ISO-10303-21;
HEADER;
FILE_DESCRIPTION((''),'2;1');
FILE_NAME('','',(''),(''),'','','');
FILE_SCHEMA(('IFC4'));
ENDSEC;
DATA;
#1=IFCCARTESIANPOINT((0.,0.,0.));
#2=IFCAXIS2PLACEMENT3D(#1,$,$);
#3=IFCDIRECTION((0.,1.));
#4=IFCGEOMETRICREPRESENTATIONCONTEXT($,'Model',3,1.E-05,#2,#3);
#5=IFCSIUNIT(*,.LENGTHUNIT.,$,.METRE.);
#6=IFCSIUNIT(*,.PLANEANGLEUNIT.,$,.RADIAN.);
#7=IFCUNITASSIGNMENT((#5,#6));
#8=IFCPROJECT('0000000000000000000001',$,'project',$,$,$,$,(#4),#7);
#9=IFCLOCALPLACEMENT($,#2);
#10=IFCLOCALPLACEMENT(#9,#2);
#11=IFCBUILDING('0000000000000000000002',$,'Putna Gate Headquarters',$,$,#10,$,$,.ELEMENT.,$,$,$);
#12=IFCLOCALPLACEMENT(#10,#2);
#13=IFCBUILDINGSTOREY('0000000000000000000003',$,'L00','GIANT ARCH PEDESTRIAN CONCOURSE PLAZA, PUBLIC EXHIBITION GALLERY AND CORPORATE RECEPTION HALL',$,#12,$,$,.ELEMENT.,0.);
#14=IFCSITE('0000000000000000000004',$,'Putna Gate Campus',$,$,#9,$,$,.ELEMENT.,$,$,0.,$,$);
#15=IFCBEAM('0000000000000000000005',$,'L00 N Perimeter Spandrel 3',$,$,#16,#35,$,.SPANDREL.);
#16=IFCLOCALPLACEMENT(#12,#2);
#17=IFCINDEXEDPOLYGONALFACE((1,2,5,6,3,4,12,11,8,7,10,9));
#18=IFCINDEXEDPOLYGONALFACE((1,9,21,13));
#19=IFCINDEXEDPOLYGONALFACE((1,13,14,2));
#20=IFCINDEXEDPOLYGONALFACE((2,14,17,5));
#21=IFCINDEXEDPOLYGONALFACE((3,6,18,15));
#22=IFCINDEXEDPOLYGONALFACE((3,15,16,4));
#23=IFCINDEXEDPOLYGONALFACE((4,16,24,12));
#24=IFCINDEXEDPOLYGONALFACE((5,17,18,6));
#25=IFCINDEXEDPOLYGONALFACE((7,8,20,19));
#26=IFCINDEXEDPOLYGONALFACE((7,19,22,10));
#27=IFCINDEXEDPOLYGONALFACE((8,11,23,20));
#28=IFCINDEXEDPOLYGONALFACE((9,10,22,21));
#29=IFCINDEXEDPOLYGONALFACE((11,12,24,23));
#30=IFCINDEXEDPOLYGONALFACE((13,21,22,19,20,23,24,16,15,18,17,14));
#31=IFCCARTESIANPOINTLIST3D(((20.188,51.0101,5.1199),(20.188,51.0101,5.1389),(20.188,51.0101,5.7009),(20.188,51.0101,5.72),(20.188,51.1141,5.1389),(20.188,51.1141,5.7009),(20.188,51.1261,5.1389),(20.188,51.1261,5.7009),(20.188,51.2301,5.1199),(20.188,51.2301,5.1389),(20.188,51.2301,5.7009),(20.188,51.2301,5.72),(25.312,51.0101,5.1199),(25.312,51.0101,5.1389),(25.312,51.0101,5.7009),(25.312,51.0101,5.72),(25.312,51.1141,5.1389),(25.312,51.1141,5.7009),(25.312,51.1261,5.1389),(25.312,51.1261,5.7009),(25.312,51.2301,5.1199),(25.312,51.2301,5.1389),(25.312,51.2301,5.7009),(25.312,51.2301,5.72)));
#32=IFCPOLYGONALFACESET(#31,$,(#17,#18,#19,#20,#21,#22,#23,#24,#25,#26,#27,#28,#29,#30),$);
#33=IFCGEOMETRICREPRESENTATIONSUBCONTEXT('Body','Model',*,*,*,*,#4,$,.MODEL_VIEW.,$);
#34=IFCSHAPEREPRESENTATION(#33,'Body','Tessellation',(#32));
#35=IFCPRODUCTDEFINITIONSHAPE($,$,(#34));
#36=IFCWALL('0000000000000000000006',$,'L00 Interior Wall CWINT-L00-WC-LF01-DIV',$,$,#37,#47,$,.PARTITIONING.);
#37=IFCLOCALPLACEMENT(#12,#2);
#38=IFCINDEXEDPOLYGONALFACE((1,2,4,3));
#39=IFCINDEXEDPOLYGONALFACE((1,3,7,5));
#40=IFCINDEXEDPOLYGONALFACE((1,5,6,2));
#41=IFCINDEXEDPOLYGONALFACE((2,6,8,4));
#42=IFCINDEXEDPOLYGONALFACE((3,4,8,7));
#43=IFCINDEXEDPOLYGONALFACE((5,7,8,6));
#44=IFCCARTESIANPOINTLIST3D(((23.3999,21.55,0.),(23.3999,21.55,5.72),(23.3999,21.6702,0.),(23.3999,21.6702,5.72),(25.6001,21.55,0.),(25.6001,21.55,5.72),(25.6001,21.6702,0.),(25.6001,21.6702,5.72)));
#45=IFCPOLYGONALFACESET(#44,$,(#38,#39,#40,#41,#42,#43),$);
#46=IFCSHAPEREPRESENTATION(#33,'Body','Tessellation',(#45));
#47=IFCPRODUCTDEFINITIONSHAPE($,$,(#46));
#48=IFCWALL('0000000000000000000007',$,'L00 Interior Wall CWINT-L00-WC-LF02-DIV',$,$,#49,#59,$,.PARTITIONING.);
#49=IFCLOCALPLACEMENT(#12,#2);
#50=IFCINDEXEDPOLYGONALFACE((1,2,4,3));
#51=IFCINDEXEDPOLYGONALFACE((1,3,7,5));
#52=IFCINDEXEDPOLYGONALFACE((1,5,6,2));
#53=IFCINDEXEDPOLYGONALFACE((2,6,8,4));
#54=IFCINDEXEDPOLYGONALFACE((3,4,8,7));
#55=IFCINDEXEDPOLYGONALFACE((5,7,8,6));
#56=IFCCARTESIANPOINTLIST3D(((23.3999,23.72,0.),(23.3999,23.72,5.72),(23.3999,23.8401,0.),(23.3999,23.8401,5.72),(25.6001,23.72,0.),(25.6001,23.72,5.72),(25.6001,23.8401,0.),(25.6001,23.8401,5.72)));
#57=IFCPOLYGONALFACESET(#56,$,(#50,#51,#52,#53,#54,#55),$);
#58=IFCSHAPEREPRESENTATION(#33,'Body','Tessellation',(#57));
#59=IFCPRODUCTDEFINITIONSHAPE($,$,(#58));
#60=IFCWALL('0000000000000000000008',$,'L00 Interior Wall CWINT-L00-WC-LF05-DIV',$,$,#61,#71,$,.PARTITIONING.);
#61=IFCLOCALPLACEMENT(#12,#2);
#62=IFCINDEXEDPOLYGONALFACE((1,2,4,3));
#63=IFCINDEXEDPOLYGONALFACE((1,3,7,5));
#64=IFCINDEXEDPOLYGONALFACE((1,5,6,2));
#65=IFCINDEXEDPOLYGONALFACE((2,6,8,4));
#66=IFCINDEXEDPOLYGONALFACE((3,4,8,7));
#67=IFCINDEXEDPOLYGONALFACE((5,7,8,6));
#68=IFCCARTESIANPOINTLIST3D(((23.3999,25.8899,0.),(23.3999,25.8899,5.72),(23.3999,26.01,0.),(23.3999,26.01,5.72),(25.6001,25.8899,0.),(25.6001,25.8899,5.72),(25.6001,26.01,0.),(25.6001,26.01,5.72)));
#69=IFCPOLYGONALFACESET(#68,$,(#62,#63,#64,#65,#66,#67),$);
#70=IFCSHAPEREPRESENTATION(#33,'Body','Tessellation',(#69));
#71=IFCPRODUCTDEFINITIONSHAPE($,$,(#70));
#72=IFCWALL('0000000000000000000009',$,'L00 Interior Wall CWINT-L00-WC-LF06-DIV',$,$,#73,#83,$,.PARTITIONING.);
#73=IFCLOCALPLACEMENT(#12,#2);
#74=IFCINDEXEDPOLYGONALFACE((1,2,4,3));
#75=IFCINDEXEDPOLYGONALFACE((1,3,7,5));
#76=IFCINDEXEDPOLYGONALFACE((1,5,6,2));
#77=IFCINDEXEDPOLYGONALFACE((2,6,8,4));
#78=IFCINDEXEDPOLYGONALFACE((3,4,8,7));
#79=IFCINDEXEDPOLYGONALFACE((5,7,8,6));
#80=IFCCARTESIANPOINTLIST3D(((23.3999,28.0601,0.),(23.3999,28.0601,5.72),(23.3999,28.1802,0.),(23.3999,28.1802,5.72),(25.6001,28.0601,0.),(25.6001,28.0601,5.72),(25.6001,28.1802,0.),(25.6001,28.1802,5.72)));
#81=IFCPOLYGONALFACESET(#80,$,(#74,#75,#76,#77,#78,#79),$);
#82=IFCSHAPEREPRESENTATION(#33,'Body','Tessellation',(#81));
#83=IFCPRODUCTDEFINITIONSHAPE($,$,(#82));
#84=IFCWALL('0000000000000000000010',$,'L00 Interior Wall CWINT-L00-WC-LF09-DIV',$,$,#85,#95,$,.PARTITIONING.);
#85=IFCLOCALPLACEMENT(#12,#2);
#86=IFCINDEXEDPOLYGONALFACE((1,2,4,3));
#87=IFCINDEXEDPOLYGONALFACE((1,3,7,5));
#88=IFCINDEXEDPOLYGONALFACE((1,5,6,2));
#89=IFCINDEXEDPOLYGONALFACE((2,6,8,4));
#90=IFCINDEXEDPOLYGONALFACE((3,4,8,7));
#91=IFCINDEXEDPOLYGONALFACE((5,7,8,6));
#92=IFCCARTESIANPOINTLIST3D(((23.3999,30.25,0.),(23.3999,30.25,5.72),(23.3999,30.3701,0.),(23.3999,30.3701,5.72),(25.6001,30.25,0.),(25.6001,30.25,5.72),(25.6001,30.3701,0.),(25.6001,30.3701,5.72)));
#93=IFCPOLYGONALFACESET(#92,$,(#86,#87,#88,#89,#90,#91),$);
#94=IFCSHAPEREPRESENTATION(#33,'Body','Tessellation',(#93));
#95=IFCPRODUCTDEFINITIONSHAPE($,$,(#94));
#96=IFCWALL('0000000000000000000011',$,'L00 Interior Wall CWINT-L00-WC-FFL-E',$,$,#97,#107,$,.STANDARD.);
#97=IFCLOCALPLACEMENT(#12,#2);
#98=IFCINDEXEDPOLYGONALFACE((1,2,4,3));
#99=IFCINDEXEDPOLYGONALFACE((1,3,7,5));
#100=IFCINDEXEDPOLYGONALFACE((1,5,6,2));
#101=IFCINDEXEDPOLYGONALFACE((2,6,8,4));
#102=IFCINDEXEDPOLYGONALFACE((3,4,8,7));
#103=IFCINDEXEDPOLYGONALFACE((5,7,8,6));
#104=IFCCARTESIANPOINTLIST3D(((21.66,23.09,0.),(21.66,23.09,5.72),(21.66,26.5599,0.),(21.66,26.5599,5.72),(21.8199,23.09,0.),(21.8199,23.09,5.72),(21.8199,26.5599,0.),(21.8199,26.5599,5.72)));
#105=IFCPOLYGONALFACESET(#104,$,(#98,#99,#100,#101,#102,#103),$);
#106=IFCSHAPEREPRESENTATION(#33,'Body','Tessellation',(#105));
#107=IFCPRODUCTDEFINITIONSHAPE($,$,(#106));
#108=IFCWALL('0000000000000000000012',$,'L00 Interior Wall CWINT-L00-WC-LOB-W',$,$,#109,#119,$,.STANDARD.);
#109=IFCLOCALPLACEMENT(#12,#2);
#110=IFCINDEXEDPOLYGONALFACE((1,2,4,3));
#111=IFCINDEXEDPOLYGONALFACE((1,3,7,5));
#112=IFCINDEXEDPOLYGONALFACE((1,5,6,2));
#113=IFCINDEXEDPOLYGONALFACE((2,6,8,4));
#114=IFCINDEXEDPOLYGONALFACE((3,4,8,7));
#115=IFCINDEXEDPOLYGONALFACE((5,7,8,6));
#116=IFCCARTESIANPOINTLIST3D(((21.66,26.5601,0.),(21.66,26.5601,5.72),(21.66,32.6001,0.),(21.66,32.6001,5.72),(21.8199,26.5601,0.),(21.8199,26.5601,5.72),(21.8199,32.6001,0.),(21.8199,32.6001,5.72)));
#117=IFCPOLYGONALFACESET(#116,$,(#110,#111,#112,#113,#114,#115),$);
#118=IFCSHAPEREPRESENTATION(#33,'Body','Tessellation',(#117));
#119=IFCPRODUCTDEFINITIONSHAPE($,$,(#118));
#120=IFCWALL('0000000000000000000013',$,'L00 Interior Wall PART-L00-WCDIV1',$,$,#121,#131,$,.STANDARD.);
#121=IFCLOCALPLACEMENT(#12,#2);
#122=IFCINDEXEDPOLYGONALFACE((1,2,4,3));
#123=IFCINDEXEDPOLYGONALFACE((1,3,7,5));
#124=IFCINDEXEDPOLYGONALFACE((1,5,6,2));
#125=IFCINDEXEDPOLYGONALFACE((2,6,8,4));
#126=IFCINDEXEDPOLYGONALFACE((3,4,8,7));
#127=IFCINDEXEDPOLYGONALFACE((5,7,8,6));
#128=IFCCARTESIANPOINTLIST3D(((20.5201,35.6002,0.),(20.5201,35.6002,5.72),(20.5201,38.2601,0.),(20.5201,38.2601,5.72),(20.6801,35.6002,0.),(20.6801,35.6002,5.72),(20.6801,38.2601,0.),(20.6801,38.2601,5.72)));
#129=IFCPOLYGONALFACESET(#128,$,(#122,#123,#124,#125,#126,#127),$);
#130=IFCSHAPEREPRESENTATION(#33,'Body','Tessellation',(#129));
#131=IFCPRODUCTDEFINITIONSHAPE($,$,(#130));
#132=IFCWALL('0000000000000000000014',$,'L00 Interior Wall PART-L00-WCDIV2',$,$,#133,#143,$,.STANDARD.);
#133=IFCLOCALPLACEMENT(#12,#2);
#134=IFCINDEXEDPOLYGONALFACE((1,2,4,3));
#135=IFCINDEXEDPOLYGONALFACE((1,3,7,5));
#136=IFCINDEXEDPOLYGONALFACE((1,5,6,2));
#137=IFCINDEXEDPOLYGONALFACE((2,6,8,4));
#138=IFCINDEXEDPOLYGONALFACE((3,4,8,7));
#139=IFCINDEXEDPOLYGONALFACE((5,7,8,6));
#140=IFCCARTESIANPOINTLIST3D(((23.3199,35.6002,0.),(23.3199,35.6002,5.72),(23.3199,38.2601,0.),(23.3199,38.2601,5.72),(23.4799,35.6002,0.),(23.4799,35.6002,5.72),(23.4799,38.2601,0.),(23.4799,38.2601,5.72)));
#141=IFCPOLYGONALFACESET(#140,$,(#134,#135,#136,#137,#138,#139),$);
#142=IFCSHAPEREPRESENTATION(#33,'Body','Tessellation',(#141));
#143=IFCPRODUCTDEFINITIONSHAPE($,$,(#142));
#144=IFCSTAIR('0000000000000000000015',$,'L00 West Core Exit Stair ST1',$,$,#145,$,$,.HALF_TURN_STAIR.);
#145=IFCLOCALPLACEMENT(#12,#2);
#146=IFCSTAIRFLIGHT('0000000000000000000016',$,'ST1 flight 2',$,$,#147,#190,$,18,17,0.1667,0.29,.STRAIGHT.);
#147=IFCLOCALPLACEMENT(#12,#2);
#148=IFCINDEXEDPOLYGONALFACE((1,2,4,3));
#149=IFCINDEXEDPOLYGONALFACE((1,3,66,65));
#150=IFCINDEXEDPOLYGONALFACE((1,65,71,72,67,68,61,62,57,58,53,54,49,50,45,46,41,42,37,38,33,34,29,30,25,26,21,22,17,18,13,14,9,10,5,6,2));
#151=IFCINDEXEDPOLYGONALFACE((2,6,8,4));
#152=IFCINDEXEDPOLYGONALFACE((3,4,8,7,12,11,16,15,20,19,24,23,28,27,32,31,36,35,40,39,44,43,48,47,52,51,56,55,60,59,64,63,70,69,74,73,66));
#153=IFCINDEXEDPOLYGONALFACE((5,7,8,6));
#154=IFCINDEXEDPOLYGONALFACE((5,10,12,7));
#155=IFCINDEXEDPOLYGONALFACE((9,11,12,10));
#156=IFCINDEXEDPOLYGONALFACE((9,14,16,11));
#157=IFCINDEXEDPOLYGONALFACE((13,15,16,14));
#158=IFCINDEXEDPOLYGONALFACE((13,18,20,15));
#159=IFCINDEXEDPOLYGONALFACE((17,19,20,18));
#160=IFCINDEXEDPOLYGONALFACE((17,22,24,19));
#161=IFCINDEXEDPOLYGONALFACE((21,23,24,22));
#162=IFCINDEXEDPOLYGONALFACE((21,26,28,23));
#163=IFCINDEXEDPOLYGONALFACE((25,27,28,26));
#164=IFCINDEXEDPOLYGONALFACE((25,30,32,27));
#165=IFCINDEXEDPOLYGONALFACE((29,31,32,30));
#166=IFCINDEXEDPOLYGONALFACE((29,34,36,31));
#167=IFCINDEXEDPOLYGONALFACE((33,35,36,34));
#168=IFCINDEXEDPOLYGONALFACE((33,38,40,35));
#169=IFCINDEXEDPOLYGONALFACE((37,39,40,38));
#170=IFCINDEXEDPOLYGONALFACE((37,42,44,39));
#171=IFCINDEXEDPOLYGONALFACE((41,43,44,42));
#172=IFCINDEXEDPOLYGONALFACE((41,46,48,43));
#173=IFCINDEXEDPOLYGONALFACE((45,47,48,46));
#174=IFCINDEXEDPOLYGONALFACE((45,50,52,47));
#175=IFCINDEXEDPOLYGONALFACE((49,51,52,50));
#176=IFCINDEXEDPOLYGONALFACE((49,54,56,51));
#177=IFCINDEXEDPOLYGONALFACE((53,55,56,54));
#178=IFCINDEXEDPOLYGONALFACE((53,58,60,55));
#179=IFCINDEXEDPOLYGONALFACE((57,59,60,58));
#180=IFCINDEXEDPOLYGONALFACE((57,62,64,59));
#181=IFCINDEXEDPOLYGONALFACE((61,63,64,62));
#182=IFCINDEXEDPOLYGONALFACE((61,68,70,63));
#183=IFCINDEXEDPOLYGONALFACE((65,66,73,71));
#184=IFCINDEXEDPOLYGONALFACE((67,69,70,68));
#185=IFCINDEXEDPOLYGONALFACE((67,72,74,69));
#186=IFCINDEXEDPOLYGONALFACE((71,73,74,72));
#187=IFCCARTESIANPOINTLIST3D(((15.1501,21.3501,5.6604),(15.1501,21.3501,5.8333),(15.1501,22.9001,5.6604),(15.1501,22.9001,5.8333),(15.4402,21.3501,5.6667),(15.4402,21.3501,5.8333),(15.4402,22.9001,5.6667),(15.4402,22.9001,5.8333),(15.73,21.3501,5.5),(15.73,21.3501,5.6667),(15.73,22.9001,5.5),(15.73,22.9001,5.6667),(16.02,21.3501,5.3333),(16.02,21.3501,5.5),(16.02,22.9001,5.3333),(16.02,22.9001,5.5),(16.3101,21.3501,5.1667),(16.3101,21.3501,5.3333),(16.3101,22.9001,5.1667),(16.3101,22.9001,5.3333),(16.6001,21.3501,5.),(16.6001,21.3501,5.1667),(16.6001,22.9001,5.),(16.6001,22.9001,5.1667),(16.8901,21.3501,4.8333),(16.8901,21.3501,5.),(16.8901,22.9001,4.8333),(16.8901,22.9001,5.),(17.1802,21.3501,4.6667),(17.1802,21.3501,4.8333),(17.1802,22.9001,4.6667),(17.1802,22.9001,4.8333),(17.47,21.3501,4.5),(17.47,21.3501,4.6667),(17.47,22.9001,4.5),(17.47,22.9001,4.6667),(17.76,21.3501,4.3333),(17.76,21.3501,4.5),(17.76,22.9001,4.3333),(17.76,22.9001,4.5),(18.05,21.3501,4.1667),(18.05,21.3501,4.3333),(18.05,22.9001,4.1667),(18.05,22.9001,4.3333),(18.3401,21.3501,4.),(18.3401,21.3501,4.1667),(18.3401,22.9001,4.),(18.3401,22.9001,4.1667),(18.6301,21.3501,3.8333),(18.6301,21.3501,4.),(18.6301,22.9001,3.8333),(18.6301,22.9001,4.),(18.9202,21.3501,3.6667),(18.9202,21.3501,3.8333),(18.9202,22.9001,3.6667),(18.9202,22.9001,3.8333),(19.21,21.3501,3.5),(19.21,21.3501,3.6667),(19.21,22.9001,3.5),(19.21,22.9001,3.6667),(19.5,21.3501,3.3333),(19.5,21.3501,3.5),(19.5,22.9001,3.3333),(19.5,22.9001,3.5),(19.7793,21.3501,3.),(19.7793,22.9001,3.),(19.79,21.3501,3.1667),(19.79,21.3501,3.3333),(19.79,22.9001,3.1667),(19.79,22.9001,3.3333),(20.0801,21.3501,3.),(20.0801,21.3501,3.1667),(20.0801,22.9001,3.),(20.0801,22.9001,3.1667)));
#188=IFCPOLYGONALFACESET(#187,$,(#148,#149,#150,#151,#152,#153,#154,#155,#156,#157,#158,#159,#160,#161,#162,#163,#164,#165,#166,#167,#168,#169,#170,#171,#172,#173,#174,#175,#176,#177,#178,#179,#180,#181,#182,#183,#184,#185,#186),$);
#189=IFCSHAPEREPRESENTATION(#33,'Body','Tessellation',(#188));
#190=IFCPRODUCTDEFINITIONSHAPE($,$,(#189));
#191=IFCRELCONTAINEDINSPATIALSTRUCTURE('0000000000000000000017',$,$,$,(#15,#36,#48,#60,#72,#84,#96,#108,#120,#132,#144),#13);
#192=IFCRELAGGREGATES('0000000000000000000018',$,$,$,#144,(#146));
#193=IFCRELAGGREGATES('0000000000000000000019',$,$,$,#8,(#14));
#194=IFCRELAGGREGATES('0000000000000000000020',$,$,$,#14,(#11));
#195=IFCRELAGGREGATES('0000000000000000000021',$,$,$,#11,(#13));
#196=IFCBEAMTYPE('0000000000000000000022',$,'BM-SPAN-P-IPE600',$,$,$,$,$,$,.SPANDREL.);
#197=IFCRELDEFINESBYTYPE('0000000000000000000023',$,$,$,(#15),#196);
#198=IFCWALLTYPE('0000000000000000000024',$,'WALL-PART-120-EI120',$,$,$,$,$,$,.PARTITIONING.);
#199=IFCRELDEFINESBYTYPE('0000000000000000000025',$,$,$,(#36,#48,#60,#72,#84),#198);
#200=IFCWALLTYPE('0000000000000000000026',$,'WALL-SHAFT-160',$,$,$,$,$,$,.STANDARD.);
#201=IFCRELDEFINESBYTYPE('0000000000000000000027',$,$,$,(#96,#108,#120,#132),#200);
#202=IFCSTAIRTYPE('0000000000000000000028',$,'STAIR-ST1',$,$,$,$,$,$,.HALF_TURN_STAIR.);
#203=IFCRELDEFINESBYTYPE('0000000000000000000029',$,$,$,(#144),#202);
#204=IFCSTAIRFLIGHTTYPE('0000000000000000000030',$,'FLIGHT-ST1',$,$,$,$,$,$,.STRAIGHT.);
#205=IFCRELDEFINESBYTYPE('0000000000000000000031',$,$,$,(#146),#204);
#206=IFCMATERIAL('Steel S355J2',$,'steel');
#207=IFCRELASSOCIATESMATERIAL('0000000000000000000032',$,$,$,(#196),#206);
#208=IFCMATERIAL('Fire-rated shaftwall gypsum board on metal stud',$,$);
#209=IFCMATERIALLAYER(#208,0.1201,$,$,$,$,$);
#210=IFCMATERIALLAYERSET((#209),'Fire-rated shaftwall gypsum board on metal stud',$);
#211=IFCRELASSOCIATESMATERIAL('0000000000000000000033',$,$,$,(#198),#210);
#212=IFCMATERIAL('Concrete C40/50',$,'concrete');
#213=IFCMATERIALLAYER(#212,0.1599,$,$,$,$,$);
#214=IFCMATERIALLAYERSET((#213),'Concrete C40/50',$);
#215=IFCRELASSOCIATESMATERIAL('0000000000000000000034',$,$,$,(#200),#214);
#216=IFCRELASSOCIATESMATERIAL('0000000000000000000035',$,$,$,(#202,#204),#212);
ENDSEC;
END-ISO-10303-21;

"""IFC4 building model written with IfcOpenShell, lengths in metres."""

from ifc_helpers import new_model, si_unit, direction, frame, frame_2d, origin, origin_2d, place, context, subcontext, project, spatial, polyline, rectangle, i_section, outline, extrude, material, layer, layer_set, material_profile, profile_set, type_object, element, aggregate, save


model = new_model("IFC4")

# Units and contexts
model_context = context("Model", 3, precision=1e-05, world=origin(), true_north=direction((0.0, 1.0)))
body_context = subcontext(model_context, "Body", "Model", "MODEL_VIEW")
ifc_project = project(units=[si_unit("LENGTHUNIT", "METRE"), si_unit("PLANEANGLEUNIT", "RADIAN")], contexts=[model_context])

# Site, building, storey
site_placement = place(None, origin())
site = spatial("IfcSite", under=ifc_project, at=site_placement, Name="Putna Gate Campus", CompositionType="ELEMENT", RefElevation=0.0)
building_placement = place(site_placement, origin())
building = spatial("IfcBuilding", under=site, at=building_placement, Name="Putna Gate Headquarters", CompositionType="ELEMENT")
storey_placement = place(building_placement, origin())
storey = spatial("IfcBuildingStorey", under=building, at=storey_placement, Name="L00", Description="GIANT ARCH PEDESTRIAN CONCOURSE PLAZA, PUBLIC EXHIBITION GALLERY AND CORPORATE RECEPTION HALL", CompositionType="ELEMENT", Elevation=0.0)

# Beam
ifc_material_1 = material(Name="Steel S355J2", Category="steel")
ifc_material_profile_1 = material_profile(ifc_material_1, i_section(OverallWidth=0.22, OverallDepth=0.6001, WebThickness=0.012, FlangeThickness=0.019, at=origin_2d()), Name="Steel S355J2")
ifc_profile_set_1 = profile_set([ifc_material_profile_1], Name="Steel S355J2")
beam_type_1 = type_object("IfcBeamType", Name="BM-SPAN-P-IPE600", PredefinedType="SPANDREL", material=ifc_profile_set_1)
beam_1_placement = place(storey_placement, frame((20.188, 51.1201, 5.4199), z_axis=(1.0, 0.0, 0.0), x_axis=(0.0, 1.0, 0.0)))
element("IfcBeam", 1, at=beam_1_placement, inside=storey, type_object=beam_type_1, Name="L00 N Perimeter Spandrel 3", PredefinedType="SPANDREL", context=body_context, shape_type="SweptSolid", body=[
    extrude(i_section(OverallWidth=0.22, OverallDepth=0.6001, WebThickness=0.012, FlangeThickness=0.019, at=origin_2d()), origin(), (0.0, 0.0, 1.0), 5.124),
])

# Walls
ifc_material_2 = material(Name="Fire-rated shaftwall gypsum board on metal stud")
ifc_layer_1 = layer(ifc_material_2, 0.1201)
ifc_layer_set_1 = layer_set([ifc_layer_1], Name="Fire-rated shaftwall gypsum board on metal stud")
wall_type_1 = type_object("IfcWallType", Name="WALL-PART-120-EI120", PredefinedType="PARTITIONING", material=ifc_layer_set_1)
for number, where, z_axis, x_axis, name in (
    (2, (23.3999, 21.6101, 0.0), (0.0, 0.0, 1.0), (1.0, 0.0, 0.0), "L00 Interior Wall CWINT-L00-WC-LF01-DIV"),
    (3, (23.3999, 23.78, 0.0), (0.0, 0.0, 1.0), (1.0, 0.0, 0.0), "L00 Interior Wall CWINT-L00-WC-LF02-DIV"),
    (4, (23.3999, 25.95, 0.0), (0.0, 0.0, 1.0), (1.0, 0.0, 0.0), "L00 Interior Wall CWINT-L00-WC-LF05-DIV"),
    (5, (23.3999, 28.1201, 0.0), (0.0, 0.0, 1.0), (1.0, 0.0, 0.0), "L00 Interior Wall CWINT-L00-WC-LF06-DIV"),
    (6, (23.3999, 30.3101, 0.0), (0.0, 0.0, 1.0), (1.0, 0.0, 0.0), "L00 Interior Wall CWINT-L00-WC-LF09-DIV"),
):
    element("IfcWall", number, at=place(storey_placement, frame(where, z_axis=z_axis, x_axis=x_axis)), inside=storey, type_object=wall_type_1, Name=name, PredefinedType="PARTITIONING", context=body_context, shape_type="SweptSolid", body=[
        extrude(rectangle(XDim=2.2002, YDim=0.1201, at=frame_2d((1.1001, 0.0))), origin(), (0.0, 0.0, 1.0), 5.72),
    ])
ifc_material_3 = material(Name="Concrete C40/50", Category="concrete")
ifc_layer_2 = layer(ifc_material_3, 0.1599)
ifc_layer_set_2 = layer_set([ifc_layer_2], Name="Concrete C40/50")
wall_type_2 = type_object("IfcWallType", Name="WALL-SHAFT-160", PredefinedType="STANDARD", material=ifc_layer_set_2)
wall_1_placement = place(storey_placement, frame((21.74, 23.0901, 0.0), z_axis=(0.0, 0.0, 1.0), x_axis=(0.0, 1.0, 0.0)))
element("IfcWall", 7, at=wall_1_placement, inside=storey, type_object=wall_type_2, Name="L00 Interior Wall CWINT-L00-WC-FFL-E", PredefinedType="STANDARD", context=body_context, shape_type="SweptSolid", body=[
    extrude(rectangle(XDim=3.47, YDim=0.1599, at=frame_2d((1.7349, 0.0))), origin(), (0.0, 0.0, 1.0), 5.72),
])
wall_2_placement = place(storey_placement, frame((21.74, 26.5601, 0.0), z_axis=(0.0, 0.0, 1.0), x_axis=(0.0, 1.0, 0.0)))
element("IfcWall", 8, at=wall_2_placement, inside=storey, type_object=wall_type_2, Name="L00 Interior Wall CWINT-L00-WC-LOB-W", PredefinedType="STANDARD", context=body_context, shape_type="SweptSolid", body=[
    extrude(rectangle(XDim=6.04, YDim=0.1599, at=frame_2d((3.02, 0.0))), origin(), (0.0, 0.0, 1.0), 5.72),
])
for number, where, z_axis, x_axis, name in (
    (9, (20.6001, 35.6001, 0.0), (0.0, 0.0, 1.0), (0.0, 1.0, 0.0), "L00 Interior Wall PART-L00-WCDIV1"),
    (10, (23.3999, 35.6001, 0.0), (0.0, 0.0, 1.0), (0.0, 1.0, 0.0), "L00 Interior Wall PART-L00-WCDIV2"),
):
    element("IfcWall", number, at=place(storey_placement, frame(where, z_axis=z_axis, x_axis=x_axis)), inside=storey, type_object=wall_type_2, Name=name, PredefinedType="STANDARD", context=body_context, shape_type="SweptSolid", body=[
        extrude(rectangle(XDim=2.6599, YDim=0.1599, at=frame_2d((1.3301, 0.0))), origin(), (0.0, 0.0, 1.0), 5.72),
    ])

# Stair, stair flight
stair_type = type_object("IfcStairType", Name="STAIR-ST1", PredefinedType="HALF_TURN_STAIR", material=ifc_material_3)
stair_placement = place(storey_placement, origin())
stair = element("IfcStair", 11, at=stair_placement, inside=storey, type_object=stair_type, Name="L00 West Core Exit Stair ST1", PredefinedType="HALF_TURN_STAIR")
stair_flight_type = type_object("IfcStairFlightType", Name="FLIGHT-ST1", PredefinedType="STRAIGHT", material=ifc_material_3)
stair_flight_placement = place(storey_placement, frame((20.0801, 22.125, 3.0), z_axis=(0.0, 0.0, 1.0), x_axis=(-1.0, 0.0, 0.0)))
stair_flight = element("IfcStairFlight", 12, at=stair_flight_placement, type_object=stair_flight_type, Name="ST1 flight 2", NumberOfRisers=18, NumberOfTreads=17, PredefinedType="STRAIGHT", RiserHeight=0.1667, TreadLength=0.29, context=body_context, shape_type="SweptSolid", body=[
    extrude(outline(polyline([(0.0, 0.0), (0.0, 0.1667), (0.29, 0.1667), (0.29, 0.3333), (0.5801, 0.3333), (0.5801, 0.5), (0.8701, 0.5), (0.8701, 0.6667), (1.1599, 0.6667), (1.1599, 0.8333), (1.45, 0.8333), (1.45, 1.0), (1.74, 1.0), (1.74, 1.1667), (2.03, 1.1667), (2.03, 1.3333), (2.3201, 1.3333), (2.3201, 1.5), (2.6101, 1.5), (2.6101, 1.6667), (2.8999, 1.6667), (2.8999, 1.8333), (3.1899, 1.8333), (3.1899, 2.0), (3.48, 2.0), (3.48, 2.1667), (3.77, 2.1667), (3.77, 2.3333), (4.0601, 2.3333), (4.0601, 2.5), (4.3501, 2.5), (4.3501, 2.6667), (4.6399, 2.6667), (4.6399, 2.8333), (4.9299, 2.8333), (4.9299, 3.0), (4.9299, 2.6604), (0.3008, 0.0), (0.0, 0.0)])), frame((0.0, 0.7749, 0.0), z_axis=(0.0, -1.0, 0.0), x_axis=(1.0, 0.0, 0.0)), (0.0, 0.0, 1.0), 1.55),
])
aggregate(stair, [stair_flight])

save(model, "model.ifc")
